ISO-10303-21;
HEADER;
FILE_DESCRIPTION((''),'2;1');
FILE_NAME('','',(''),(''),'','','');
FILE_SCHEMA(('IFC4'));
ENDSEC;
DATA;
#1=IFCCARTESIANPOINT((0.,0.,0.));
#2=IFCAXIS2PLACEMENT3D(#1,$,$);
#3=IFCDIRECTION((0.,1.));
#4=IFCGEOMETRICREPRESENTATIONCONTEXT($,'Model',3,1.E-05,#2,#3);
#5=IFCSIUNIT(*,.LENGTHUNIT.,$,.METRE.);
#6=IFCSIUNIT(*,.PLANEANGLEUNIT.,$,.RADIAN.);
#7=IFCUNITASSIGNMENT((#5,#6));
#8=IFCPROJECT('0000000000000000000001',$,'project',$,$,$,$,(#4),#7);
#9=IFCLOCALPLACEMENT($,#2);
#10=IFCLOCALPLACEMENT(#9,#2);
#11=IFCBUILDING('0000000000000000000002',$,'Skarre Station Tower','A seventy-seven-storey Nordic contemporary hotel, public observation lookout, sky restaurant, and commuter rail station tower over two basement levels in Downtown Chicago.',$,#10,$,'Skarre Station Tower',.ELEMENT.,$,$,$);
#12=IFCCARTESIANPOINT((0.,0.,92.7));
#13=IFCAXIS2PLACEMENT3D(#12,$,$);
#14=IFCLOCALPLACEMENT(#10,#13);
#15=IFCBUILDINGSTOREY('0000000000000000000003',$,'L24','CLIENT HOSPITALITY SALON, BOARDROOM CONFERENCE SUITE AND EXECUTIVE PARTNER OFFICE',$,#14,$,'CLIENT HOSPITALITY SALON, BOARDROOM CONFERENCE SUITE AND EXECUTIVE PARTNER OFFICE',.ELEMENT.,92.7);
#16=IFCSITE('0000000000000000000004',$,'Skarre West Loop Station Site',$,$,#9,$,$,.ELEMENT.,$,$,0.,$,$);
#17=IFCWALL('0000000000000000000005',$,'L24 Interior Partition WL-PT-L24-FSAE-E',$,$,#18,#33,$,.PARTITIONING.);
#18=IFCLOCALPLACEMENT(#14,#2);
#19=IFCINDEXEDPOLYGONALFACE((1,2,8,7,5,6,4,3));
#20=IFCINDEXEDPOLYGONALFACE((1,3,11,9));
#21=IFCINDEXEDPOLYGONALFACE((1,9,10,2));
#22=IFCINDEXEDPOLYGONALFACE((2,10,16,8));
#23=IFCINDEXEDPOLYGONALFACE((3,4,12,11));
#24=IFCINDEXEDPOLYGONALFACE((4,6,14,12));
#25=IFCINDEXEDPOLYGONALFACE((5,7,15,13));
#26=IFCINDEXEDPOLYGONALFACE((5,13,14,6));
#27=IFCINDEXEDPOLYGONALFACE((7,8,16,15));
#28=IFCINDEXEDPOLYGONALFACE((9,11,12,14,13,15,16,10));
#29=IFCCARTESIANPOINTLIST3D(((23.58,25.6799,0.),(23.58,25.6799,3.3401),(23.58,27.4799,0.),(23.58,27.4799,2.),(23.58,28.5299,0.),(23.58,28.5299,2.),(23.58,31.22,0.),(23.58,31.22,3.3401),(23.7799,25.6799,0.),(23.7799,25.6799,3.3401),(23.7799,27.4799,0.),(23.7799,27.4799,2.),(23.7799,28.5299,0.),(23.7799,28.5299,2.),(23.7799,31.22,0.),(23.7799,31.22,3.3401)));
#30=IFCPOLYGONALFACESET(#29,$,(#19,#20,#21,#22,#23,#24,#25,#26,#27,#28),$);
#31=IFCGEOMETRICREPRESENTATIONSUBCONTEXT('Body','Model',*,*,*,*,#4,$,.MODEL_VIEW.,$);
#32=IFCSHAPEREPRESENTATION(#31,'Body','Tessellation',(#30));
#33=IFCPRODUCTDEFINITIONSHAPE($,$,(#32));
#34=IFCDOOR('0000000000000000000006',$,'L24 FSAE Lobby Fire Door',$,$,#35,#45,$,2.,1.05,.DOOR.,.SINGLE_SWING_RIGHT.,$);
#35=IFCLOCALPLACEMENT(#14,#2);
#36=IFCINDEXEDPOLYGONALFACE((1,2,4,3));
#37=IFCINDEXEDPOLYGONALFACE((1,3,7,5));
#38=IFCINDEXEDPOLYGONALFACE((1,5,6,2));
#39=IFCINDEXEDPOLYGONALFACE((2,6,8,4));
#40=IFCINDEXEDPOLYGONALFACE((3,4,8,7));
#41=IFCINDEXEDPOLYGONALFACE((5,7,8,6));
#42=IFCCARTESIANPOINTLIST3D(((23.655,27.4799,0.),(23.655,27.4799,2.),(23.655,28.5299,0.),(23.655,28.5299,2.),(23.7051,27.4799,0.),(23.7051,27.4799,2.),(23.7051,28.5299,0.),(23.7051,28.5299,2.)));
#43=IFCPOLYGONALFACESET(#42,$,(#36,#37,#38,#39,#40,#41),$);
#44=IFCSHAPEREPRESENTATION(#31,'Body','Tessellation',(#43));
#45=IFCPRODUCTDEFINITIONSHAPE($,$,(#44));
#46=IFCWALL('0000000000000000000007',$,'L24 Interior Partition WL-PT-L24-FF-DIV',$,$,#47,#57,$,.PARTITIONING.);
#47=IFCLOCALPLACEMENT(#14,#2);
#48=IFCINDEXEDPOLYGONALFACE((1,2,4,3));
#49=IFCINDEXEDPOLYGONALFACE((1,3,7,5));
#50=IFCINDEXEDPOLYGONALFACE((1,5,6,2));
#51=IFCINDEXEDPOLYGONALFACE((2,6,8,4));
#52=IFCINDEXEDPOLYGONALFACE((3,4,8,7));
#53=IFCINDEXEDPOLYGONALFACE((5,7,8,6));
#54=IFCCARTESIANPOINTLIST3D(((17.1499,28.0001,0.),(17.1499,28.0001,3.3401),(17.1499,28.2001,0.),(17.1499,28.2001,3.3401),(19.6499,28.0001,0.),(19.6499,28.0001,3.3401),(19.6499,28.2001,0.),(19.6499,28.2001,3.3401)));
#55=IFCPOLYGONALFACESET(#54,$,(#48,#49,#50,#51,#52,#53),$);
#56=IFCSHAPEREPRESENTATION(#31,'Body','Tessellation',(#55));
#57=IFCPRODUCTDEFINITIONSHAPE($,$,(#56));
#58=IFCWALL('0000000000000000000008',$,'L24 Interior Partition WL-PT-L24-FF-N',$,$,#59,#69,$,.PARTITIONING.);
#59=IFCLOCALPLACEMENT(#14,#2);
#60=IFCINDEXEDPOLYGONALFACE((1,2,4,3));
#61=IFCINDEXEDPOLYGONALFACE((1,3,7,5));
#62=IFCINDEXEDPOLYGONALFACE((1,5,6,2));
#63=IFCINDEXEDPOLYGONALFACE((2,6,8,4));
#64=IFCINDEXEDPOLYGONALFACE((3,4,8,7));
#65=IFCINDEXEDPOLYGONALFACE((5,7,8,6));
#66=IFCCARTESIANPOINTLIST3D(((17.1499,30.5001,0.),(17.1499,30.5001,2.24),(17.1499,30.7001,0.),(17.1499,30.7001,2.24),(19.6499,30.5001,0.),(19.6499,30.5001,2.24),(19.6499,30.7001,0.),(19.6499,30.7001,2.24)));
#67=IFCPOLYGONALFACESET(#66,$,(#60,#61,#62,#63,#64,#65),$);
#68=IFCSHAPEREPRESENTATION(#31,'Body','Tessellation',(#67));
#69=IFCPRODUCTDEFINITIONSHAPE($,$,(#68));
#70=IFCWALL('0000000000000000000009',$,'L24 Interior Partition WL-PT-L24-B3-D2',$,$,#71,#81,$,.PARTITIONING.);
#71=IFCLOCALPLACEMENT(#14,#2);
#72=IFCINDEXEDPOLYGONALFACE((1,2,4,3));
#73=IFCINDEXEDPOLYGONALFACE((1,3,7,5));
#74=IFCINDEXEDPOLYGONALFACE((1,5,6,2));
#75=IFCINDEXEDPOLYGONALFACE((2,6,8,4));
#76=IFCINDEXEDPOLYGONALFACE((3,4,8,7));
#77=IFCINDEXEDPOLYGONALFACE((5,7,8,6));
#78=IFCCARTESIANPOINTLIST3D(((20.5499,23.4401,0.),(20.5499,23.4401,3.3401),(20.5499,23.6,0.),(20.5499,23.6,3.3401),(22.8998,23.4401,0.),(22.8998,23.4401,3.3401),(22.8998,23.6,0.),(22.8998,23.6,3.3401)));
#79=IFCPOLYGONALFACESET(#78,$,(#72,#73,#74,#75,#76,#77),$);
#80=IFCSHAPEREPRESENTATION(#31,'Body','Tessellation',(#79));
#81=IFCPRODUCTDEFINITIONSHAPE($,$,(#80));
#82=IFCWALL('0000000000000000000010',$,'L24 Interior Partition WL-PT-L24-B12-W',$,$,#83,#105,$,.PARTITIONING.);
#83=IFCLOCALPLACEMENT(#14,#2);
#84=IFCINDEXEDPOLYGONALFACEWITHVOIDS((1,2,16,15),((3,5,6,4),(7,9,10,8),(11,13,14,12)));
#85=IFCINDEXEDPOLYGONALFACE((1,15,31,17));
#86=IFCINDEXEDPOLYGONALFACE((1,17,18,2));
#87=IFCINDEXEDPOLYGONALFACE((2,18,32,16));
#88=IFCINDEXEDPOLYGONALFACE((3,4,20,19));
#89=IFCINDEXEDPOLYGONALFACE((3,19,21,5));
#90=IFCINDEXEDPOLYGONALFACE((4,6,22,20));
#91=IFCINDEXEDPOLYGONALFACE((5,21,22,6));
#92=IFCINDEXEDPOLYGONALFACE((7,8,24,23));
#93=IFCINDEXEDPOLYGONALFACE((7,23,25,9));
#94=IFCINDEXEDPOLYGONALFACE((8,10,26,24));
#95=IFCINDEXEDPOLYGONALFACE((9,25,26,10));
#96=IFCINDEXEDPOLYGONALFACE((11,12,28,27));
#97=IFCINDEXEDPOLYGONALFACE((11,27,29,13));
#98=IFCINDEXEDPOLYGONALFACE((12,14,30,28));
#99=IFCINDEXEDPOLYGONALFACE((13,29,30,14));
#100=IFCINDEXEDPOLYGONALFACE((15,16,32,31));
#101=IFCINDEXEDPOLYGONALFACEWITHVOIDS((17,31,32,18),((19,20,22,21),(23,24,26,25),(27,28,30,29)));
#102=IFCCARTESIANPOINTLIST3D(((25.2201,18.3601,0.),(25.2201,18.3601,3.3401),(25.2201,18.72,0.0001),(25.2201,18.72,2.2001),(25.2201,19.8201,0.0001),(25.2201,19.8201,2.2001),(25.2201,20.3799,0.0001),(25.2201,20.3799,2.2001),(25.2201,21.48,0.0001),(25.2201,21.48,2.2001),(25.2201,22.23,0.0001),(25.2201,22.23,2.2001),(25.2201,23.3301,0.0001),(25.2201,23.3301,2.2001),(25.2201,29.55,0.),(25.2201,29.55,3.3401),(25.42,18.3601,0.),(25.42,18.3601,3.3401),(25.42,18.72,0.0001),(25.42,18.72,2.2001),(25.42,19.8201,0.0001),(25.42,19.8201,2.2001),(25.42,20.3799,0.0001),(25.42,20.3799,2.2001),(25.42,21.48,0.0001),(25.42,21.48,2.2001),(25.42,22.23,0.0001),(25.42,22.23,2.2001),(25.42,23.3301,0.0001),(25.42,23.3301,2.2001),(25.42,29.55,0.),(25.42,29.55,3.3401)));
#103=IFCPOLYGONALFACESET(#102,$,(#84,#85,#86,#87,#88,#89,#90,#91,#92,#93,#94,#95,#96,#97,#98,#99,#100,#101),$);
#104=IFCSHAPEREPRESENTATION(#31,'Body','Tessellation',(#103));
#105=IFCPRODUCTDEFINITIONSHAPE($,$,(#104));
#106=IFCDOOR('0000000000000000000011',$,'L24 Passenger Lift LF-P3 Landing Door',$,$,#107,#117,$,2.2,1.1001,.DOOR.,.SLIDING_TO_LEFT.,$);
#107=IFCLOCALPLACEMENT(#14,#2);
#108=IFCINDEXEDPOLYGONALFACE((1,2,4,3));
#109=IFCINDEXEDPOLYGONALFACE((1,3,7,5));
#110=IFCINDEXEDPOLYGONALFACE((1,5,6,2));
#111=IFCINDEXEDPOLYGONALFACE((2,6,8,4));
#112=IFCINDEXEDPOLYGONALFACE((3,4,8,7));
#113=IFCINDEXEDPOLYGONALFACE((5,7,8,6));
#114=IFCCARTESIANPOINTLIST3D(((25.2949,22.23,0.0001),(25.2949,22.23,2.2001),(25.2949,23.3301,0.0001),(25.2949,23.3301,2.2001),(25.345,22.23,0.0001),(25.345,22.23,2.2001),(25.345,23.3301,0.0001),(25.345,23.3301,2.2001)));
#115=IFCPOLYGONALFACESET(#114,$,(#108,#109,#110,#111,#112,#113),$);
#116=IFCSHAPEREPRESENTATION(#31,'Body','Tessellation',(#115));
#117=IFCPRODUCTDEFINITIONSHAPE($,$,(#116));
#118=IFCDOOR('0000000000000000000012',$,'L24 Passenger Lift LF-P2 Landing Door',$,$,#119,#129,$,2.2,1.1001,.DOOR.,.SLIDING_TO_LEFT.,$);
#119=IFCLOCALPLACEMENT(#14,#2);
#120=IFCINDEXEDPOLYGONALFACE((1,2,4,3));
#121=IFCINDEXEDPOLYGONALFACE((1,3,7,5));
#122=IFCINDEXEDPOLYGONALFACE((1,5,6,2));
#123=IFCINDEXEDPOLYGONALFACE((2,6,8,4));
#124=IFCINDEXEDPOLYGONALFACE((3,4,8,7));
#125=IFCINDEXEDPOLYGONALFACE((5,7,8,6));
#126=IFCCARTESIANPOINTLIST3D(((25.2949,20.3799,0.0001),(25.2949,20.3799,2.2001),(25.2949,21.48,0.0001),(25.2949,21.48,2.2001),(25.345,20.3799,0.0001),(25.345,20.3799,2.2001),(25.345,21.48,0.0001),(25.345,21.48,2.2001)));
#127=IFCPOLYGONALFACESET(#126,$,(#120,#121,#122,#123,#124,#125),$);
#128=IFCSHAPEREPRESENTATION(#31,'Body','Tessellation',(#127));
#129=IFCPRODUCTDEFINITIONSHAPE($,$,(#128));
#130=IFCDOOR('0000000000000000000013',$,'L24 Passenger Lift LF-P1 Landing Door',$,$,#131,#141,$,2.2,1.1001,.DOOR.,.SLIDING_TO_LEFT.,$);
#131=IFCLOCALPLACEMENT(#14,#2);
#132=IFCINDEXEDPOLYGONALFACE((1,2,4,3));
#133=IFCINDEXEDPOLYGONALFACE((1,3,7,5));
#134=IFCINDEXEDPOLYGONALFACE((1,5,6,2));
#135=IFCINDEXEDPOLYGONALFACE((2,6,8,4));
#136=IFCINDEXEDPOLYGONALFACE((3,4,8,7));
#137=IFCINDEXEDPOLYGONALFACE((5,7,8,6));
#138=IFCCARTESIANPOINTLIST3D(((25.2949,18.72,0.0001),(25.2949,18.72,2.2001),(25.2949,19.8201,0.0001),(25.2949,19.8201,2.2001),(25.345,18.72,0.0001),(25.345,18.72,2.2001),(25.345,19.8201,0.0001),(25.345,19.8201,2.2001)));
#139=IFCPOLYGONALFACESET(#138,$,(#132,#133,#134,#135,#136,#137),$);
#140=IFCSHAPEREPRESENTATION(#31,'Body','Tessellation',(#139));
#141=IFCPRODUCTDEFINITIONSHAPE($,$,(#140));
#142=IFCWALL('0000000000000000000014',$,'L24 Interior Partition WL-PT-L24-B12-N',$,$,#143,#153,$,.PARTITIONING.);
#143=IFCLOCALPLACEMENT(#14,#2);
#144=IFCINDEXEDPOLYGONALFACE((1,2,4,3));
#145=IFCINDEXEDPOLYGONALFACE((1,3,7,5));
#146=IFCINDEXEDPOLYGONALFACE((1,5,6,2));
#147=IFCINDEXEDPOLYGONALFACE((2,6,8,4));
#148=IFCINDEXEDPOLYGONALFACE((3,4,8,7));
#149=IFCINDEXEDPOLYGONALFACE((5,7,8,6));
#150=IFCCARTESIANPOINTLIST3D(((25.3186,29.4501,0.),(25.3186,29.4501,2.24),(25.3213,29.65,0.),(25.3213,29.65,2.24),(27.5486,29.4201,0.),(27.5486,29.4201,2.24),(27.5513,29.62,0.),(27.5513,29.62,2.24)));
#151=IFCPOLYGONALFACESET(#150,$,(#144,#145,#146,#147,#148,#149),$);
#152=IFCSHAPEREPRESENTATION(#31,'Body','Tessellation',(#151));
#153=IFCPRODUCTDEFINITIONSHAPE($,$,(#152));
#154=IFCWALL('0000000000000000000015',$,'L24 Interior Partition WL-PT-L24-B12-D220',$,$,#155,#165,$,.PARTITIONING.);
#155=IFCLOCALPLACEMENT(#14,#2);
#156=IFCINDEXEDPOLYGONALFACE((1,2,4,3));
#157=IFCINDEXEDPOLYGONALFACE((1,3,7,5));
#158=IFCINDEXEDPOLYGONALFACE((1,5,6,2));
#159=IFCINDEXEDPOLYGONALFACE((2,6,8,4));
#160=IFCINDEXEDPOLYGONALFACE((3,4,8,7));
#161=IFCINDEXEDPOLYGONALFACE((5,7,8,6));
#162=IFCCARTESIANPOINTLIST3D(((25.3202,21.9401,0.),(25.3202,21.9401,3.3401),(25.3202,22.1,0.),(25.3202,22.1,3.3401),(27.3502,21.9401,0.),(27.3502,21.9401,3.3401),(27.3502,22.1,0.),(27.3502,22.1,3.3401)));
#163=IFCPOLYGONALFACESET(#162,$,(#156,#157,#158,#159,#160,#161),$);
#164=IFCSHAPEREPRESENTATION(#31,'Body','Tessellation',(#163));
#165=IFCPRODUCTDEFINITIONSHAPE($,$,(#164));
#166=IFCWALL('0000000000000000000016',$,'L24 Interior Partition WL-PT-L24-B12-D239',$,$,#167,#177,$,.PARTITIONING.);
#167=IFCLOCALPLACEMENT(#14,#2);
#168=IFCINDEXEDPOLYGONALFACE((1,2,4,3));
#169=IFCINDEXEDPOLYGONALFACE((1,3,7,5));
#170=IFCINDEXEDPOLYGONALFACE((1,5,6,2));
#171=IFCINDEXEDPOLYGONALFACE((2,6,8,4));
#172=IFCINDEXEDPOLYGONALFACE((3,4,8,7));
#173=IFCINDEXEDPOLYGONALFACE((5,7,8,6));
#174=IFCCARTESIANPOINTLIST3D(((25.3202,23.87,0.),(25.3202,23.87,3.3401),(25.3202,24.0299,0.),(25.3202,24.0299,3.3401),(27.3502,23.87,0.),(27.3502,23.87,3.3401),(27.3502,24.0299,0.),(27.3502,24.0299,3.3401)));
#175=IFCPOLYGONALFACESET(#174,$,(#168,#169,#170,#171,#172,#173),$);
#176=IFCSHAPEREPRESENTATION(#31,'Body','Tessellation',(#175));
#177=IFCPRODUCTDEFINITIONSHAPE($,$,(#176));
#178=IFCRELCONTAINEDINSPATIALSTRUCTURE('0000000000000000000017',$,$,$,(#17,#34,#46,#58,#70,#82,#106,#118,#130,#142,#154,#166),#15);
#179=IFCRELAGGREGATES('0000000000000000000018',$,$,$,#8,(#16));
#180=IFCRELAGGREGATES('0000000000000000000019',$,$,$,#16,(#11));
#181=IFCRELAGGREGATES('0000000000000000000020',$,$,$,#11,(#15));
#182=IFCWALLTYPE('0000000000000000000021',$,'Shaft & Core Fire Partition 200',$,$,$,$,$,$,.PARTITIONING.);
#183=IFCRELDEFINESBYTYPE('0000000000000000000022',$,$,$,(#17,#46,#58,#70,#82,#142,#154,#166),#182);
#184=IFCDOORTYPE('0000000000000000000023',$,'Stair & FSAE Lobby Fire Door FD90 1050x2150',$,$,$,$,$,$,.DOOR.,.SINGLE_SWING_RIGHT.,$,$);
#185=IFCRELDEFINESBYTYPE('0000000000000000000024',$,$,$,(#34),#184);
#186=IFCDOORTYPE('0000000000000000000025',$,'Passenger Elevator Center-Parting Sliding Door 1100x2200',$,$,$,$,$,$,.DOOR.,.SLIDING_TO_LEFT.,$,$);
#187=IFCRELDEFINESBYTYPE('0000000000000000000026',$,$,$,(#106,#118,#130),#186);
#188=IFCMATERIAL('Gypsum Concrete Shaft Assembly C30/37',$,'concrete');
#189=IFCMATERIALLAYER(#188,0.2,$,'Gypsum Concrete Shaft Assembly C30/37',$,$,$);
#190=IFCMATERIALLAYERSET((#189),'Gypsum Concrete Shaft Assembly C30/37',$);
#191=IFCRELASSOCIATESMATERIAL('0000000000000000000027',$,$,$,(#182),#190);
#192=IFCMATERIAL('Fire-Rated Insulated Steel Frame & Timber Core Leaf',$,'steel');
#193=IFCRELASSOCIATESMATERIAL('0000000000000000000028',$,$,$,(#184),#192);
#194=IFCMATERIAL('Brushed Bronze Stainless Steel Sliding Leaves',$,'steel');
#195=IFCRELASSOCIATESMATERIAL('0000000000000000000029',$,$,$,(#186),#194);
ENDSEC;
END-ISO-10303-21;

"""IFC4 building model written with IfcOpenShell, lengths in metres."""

from ifc_helpers import new_model, si_unit, direction, frame, frame_2d, origin, place, context, subcontext, project, spatial, rectangle, extrude, material, layer, layer_set, type_object, element, fill, save


model = new_model("IFC4")

# Units and contexts
model_context = context("Model", 3, precision=1e-05, world=origin(), true_north=direction((0.0, 1.0)))
body_context = subcontext(model_context, "Body", "Model", "MODEL_VIEW")
ifc_project = project(units=[si_unit("LENGTHUNIT", "METRE"), si_unit("PLANEANGLEUNIT", "RADIAN")], contexts=[model_context])

# Site, building, storey
site_placement = place(None, origin())
site = spatial("IfcSite", under=ifc_project, at=site_placement, Name="Skarre West Loop Station Site", CompositionType="ELEMENT", RefElevation=0.0)
building_placement = place(site_placement, origin())
building = spatial("IfcBuilding", under=site, at=building_placement, Name="Skarre Station Tower", Description="A seventy-seven-storey Nordic contemporary hotel, public observation lookout, sky restaurant, and commuter rail station tower over two basement levels in Downtown Chicago.", LongName="Skarre Station Tower", CompositionType="ELEMENT")
storey_placement = place(building_placement, frame((0.0, 0.0, 92.7)))
storey = spatial("IfcBuildingStorey", under=building, at=storey_placement, Name="L24", Description="CLIENT HOSPITALITY SALON, BOARDROOM CONFERENCE SUITE AND EXECUTIVE PARTNER OFFICE", LongName="CLIENT HOSPITALITY SALON, BOARDROOM CONFERENCE SUITE AND EXECUTIVE PARTNER OFFICE", CompositionType="ELEMENT", Elevation=92.7)

# Shared definitions
ifc_material_1 = material(Name="Gypsum Concrete Shaft Assembly C30/37", Category="concrete")
ifc_layer_1 = layer(ifc_material_1, 0.2, Name="Gypsum Concrete Shaft Assembly C30/37")
ifc_layer_set_1 = layer_set([ifc_layer_1], Name="Gypsum Concrete Shaft Assembly C30/37")
wall_type_1 = type_object("IfcWallType", Name="Shaft & Core Fire Partition 200", PredefinedType="PARTITIONING", material=ifc_layer_set_1)

# Wall, opening, door
wall_1_placement = place(storey_placement, frame((23.6799, 25.6799, 0.0), z_axis=(0.0, 0.0, 1.0), x_axis=(0.0, 1.0, 0.0)))
wall_1 = element("IfcWall", 1, at=wall_1_placement, inside=storey, type_object=wall_type_1, Name="L24 Interior Partition WL-PT-L24-FSAE-E", PredefinedType="PARTITIONING", context=body_context, shape_type="SweptSolid", body=[
    extrude(rectangle(XDim=5.54, YDim=0.2, at=frame_2d((2.77, 0.0))), origin(), (0.0, 0.0, 1.0), 3.3401),
])
opening_1_placement = place(wall_1_placement, frame((1.8, 0.0, 0.0)))
opening_1 = element("IfcOpeningElement", 2, at=opening_1_placement, cuts=wall_1, PredefinedType="OPENING", context=body_context, shape_type="SweptSolid", body=[
    extrude(rectangle(XDim=1.05, YDim=2.0, at=frame_2d((0.5249, 1.0))), frame((0.0, 0.1099, 0.0), z_axis=(0.0, -1.0, 0.0), x_axis=(1.0, 0.0, 0.0)), (0.0, 0.0, 1.0), 0.22),
])
ifc_material_2 = material(Name="Fire-Rated Insulated Steel Frame & Timber Core Leaf", Category="steel")
door_type_1 = type_object("IfcDoorType", Name="Stair & FSAE Lobby Fire Door FD90 1050x2150", OperationType="SINGLE_SWING_RIGHT", PredefinedType="DOOR", material=ifc_material_2)
door_1_placement = place(opening_1_placement, origin())
door_1 = element("IfcDoor", 3, at=door_1_placement, inside=storey, type_object=door_type_1, Name="L24 FSAE Lobby Fire Door", OperationType="SINGLE_SWING_RIGHT", OverallHeight=2.0, OverallWidth=1.05, PredefinedType="DOOR", context=body_context, shape_type="SweptSolid", body=[
    extrude(rectangle(XDim=1.05, YDim=2.0, at=frame_2d((0.5249, 1.0))), frame((0.0, 0.0249, 0.0), z_axis=(0.0, -1.0, 0.0), x_axis=(1.0, 0.0, 0.0)), (0.0, 0.0, 1.0), 0.05),
])
fill(opening_1, door_1)

# Walls
wall_2_placement = place(storey_placement, frame((17.1499, 28.1001, 0.0), z_axis=(0.0, 0.0, 1.0), x_axis=(1.0, 0.0, 0.0)))
element("IfcWall", 4, at=wall_2_placement, inside=storey, type_object=wall_type_1, Name="L24 Interior Partition WL-PT-L24-FF-DIV", PredefinedType="PARTITIONING", context=body_context, shape_type="SweptSolid", body=[
    extrude(rectangle(XDim=2.5, YDim=0.2, at=frame_2d((1.25, 0.0))), origin(), (0.0, 0.0, 1.0), 3.3401),
])
wall_3_placement = place(storey_placement, frame((19.6499, 30.6001, 0.0), z_axis=(0.0, 0.0, 1.0), x_axis=(-1.0, 0.0, 0.0)))
element("IfcWall", 5, at=wall_3_placement, inside=storey, type_object=wall_type_1, Name="L24 Interior Partition WL-PT-L24-FF-N", PredefinedType="PARTITIONING", context=body_context, shape_type="SweptSolid", body=[
    extrude(rectangle(XDim=2.5, YDim=0.2, at=frame_2d((1.25, 0.0))), origin(), (0.0, 0.0, 1.0), 2.24),
])
wall_4_placement = place(storey_placement, frame((20.55, 23.52, 0.0), z_axis=(0.0, 0.0, 1.0), x_axis=(1.0, 0.0, 0.0)))
element("IfcWall", 6, at=wall_4_placement, inside=storey, type_object=wall_type_1, Name="L24 Interior Partition WL-PT-L24-B3-D2", PredefinedType="PARTITIONING", context=body_context, shape_type="SweptSolid", body=[
    extrude(rectangle(XDim=2.3499, YDim=0.1599, at=frame_2d((1.1748, 0.0))), origin(), (0.0, 0.0, 1.0), 3.3401),
])

# Wall, openings, doors
wall_5_placement = place(storey_placement, frame((25.3201, 29.55, 0.0), z_axis=(0.0, 0.0, 1.0), x_axis=(0.0, -1.0, 0.0)))
wall_5 = element("IfcWall", 7, at=wall_5_placement, inside=storey, type_object=wall_type_1, Name="L24 Interior Partition WL-PT-L24-B12-W", PredefinedType="PARTITIONING", context=body_context, shape_type="SweptSolid", body=[
    extrude(rectangle(XDim=11.1899, YDim=0.2, at=frame_2d((5.595, 0.0))), origin(), (0.0, 0.0, 1.0), 3.3401),
])
opening_2_placement = place(wall_5_placement, frame((6.22, 0.0, 0.0)))
opening_2 = element("IfcOpeningElement", 8, at=opening_2_placement, cuts=wall_5, PredefinedType="OPENING", context=body_context, shape_type="SweptSolid", body=[
    extrude(rectangle(XDim=1.1001, YDim=2.2, at=frame_2d((0.55, 1.1001))), frame((0.0, 0.1099, 0.0), z_axis=(0.0, -1.0, 0.0), x_axis=(1.0, 0.0, 0.0)), (0.0, 0.0, 1.0), 0.22),
])
opening_3_placement = place(wall_5_placement, frame((8.0701, 0.0, 0.0)))
opening_3 = element("IfcOpeningElement", 9, at=opening_3_placement, cuts=wall_5, PredefinedType="OPENING", context=body_context, shape_type="SweptSolid", body=[
    extrude(rectangle(XDim=1.1001, YDim=2.2, at=frame_2d((0.55, 1.1001))), frame((0.0, 0.1099, 0.0), z_axis=(0.0, -1.0, 0.0), x_axis=(1.0, 0.0, 0.0)), (0.0, 0.0, 1.0), 0.22),
])
opening_4_placement = place(wall_5_placement, frame((9.73, 0.0, 0.0)))
opening_4 = element("IfcOpeningElement", 10, at=opening_4_placement, cuts=wall_5, PredefinedType="OPENING", context=body_context, shape_type="SweptSolid", body=[
    extrude(rectangle(XDim=1.1001, YDim=2.2, at=frame_2d((0.55, 1.1001))), frame((0.0, 0.1099, 0.0), z_axis=(0.0, -1.0, 0.0), x_axis=(1.0, 0.0, 0.0)), (0.0, 0.0, 1.0), 0.22),
])
ifc_material_3 = material(Name="Brushed Bronze Stainless Steel Sliding Leaves", Category="steel")
door_type_2 = type_object("IfcDoorType", Name="Passenger Elevator Center-Parting Sliding Door 1100x2200", OperationType="SLIDING_TO_LEFT", PredefinedType="DOOR", material=ifc_material_3)
door_2_placement = place(opening_2_placement, origin())
door_2 = element("IfcDoor", 11, at=door_2_placement, inside=storey, type_object=door_type_2, Name="L24 Passenger Lift LF-P3 Landing Door", OperationType="SLIDING_TO_LEFT", OverallHeight=2.2, OverallWidth=1.1001, PredefinedType="DOOR", context=body_context, shape_type="SweptSolid", body=[
    extrude(rectangle(XDim=1.1001, YDim=2.2, at=frame_2d((0.55, 1.1001))), frame((0.0, 0.0249, 0.0), z_axis=(0.0, -1.0, 0.0), x_axis=(1.0, 0.0, 0.0)), (0.0, 0.0, 1.0), 0.05),
])
fill(opening_2, door_2)
door_3_placement = place(opening_3_placement, origin())
door_3 = element("IfcDoor", 12, at=door_3_placement, inside=storey, type_object=door_type_2, Name="L24 Passenger Lift LF-P2 Landing Door", OperationType="SLIDING_TO_LEFT", OverallHeight=2.2, OverallWidth=1.1001, PredefinedType="DOOR", context=body_context, shape_type="SweptSolid", body=[
    extrude(rectangle(XDim=1.1001, YDim=2.2, at=frame_2d((0.55, 1.1001))), frame((0.0, 0.0249, 0.0), z_axis=(0.0, -1.0, 0.0), x_axis=(1.0, 0.0, 0.0)), (0.0, 0.0, 1.0), 0.05),
])
fill(opening_3, door_3)
door_4_placement = place(opening_4_placement, origin())
door_4 = element("IfcDoor", 13, at=door_4_placement, inside=storey, type_object=door_type_2, Name="L24 Passenger Lift LF-P1 Landing Door", OperationType="SLIDING_TO_LEFT", OverallHeight=2.2, OverallWidth=1.1001, PredefinedType="DOOR", context=body_context, shape_type="SweptSolid", body=[
    extrude(rectangle(XDim=1.1001, YDim=2.2, at=frame_2d((0.55, 1.1001))), frame((0.0, 0.0249, 0.0), z_axis=(0.0, -1.0, 0.0), x_axis=(1.0, 0.0, 0.0)), (0.0, 0.0, 1.0), 0.05),
])
fill(opening_4, door_4)

# Walls
wall_6_placement = place(storey_placement, frame((27.55, 29.52, 0.0), z_axis=(0.0, 0.0, 1.0), x_axis=(-0.999909, 0.013465, 0.0)))
element("IfcWall", 14, at=wall_6_placement, inside=storey, type_object=wall_type_1, Name="L24 Interior Partition WL-PT-L24-B12-N", PredefinedType="PARTITIONING", context=body_context, shape_type="SweptSolid", body=[
    extrude(rectangle(XDim=2.2302, YDim=0.2, at=frame_2d((1.1152, 0.0))), origin(), (0.0, 0.0, 1.0), 2.24),
])
for number, where, z_axis, x_axis, name in (
    (15, (25.3201, 22.02, 0.0), (0.0, 0.0, 1.0), (1.0, 0.0, 0.0), "L24 Interior Partition WL-PT-L24-B12-D220"),
    (16, (25.3201, 23.95, 0.0), (0.0, 0.0, 1.0), (1.0, 0.0, 0.0), "L24 Interior Partition WL-PT-L24-B12-D239"),
):
    element("IfcWall", number, at=place(storey_placement, frame(where, z_axis=z_axis, x_axis=x_axis)), inside=storey, type_object=wall_type_1, Name=name, PredefinedType="PARTITIONING", context=body_context, shape_type="SweptSolid", body=[
        extrude(rectangle(XDim=2.03, YDim=0.1599, at=frame_2d((1.0151, 0.0))), origin(), (0.0, 0.0, 1.0), 3.3401),
    ])

save(model, "model.ifc")
